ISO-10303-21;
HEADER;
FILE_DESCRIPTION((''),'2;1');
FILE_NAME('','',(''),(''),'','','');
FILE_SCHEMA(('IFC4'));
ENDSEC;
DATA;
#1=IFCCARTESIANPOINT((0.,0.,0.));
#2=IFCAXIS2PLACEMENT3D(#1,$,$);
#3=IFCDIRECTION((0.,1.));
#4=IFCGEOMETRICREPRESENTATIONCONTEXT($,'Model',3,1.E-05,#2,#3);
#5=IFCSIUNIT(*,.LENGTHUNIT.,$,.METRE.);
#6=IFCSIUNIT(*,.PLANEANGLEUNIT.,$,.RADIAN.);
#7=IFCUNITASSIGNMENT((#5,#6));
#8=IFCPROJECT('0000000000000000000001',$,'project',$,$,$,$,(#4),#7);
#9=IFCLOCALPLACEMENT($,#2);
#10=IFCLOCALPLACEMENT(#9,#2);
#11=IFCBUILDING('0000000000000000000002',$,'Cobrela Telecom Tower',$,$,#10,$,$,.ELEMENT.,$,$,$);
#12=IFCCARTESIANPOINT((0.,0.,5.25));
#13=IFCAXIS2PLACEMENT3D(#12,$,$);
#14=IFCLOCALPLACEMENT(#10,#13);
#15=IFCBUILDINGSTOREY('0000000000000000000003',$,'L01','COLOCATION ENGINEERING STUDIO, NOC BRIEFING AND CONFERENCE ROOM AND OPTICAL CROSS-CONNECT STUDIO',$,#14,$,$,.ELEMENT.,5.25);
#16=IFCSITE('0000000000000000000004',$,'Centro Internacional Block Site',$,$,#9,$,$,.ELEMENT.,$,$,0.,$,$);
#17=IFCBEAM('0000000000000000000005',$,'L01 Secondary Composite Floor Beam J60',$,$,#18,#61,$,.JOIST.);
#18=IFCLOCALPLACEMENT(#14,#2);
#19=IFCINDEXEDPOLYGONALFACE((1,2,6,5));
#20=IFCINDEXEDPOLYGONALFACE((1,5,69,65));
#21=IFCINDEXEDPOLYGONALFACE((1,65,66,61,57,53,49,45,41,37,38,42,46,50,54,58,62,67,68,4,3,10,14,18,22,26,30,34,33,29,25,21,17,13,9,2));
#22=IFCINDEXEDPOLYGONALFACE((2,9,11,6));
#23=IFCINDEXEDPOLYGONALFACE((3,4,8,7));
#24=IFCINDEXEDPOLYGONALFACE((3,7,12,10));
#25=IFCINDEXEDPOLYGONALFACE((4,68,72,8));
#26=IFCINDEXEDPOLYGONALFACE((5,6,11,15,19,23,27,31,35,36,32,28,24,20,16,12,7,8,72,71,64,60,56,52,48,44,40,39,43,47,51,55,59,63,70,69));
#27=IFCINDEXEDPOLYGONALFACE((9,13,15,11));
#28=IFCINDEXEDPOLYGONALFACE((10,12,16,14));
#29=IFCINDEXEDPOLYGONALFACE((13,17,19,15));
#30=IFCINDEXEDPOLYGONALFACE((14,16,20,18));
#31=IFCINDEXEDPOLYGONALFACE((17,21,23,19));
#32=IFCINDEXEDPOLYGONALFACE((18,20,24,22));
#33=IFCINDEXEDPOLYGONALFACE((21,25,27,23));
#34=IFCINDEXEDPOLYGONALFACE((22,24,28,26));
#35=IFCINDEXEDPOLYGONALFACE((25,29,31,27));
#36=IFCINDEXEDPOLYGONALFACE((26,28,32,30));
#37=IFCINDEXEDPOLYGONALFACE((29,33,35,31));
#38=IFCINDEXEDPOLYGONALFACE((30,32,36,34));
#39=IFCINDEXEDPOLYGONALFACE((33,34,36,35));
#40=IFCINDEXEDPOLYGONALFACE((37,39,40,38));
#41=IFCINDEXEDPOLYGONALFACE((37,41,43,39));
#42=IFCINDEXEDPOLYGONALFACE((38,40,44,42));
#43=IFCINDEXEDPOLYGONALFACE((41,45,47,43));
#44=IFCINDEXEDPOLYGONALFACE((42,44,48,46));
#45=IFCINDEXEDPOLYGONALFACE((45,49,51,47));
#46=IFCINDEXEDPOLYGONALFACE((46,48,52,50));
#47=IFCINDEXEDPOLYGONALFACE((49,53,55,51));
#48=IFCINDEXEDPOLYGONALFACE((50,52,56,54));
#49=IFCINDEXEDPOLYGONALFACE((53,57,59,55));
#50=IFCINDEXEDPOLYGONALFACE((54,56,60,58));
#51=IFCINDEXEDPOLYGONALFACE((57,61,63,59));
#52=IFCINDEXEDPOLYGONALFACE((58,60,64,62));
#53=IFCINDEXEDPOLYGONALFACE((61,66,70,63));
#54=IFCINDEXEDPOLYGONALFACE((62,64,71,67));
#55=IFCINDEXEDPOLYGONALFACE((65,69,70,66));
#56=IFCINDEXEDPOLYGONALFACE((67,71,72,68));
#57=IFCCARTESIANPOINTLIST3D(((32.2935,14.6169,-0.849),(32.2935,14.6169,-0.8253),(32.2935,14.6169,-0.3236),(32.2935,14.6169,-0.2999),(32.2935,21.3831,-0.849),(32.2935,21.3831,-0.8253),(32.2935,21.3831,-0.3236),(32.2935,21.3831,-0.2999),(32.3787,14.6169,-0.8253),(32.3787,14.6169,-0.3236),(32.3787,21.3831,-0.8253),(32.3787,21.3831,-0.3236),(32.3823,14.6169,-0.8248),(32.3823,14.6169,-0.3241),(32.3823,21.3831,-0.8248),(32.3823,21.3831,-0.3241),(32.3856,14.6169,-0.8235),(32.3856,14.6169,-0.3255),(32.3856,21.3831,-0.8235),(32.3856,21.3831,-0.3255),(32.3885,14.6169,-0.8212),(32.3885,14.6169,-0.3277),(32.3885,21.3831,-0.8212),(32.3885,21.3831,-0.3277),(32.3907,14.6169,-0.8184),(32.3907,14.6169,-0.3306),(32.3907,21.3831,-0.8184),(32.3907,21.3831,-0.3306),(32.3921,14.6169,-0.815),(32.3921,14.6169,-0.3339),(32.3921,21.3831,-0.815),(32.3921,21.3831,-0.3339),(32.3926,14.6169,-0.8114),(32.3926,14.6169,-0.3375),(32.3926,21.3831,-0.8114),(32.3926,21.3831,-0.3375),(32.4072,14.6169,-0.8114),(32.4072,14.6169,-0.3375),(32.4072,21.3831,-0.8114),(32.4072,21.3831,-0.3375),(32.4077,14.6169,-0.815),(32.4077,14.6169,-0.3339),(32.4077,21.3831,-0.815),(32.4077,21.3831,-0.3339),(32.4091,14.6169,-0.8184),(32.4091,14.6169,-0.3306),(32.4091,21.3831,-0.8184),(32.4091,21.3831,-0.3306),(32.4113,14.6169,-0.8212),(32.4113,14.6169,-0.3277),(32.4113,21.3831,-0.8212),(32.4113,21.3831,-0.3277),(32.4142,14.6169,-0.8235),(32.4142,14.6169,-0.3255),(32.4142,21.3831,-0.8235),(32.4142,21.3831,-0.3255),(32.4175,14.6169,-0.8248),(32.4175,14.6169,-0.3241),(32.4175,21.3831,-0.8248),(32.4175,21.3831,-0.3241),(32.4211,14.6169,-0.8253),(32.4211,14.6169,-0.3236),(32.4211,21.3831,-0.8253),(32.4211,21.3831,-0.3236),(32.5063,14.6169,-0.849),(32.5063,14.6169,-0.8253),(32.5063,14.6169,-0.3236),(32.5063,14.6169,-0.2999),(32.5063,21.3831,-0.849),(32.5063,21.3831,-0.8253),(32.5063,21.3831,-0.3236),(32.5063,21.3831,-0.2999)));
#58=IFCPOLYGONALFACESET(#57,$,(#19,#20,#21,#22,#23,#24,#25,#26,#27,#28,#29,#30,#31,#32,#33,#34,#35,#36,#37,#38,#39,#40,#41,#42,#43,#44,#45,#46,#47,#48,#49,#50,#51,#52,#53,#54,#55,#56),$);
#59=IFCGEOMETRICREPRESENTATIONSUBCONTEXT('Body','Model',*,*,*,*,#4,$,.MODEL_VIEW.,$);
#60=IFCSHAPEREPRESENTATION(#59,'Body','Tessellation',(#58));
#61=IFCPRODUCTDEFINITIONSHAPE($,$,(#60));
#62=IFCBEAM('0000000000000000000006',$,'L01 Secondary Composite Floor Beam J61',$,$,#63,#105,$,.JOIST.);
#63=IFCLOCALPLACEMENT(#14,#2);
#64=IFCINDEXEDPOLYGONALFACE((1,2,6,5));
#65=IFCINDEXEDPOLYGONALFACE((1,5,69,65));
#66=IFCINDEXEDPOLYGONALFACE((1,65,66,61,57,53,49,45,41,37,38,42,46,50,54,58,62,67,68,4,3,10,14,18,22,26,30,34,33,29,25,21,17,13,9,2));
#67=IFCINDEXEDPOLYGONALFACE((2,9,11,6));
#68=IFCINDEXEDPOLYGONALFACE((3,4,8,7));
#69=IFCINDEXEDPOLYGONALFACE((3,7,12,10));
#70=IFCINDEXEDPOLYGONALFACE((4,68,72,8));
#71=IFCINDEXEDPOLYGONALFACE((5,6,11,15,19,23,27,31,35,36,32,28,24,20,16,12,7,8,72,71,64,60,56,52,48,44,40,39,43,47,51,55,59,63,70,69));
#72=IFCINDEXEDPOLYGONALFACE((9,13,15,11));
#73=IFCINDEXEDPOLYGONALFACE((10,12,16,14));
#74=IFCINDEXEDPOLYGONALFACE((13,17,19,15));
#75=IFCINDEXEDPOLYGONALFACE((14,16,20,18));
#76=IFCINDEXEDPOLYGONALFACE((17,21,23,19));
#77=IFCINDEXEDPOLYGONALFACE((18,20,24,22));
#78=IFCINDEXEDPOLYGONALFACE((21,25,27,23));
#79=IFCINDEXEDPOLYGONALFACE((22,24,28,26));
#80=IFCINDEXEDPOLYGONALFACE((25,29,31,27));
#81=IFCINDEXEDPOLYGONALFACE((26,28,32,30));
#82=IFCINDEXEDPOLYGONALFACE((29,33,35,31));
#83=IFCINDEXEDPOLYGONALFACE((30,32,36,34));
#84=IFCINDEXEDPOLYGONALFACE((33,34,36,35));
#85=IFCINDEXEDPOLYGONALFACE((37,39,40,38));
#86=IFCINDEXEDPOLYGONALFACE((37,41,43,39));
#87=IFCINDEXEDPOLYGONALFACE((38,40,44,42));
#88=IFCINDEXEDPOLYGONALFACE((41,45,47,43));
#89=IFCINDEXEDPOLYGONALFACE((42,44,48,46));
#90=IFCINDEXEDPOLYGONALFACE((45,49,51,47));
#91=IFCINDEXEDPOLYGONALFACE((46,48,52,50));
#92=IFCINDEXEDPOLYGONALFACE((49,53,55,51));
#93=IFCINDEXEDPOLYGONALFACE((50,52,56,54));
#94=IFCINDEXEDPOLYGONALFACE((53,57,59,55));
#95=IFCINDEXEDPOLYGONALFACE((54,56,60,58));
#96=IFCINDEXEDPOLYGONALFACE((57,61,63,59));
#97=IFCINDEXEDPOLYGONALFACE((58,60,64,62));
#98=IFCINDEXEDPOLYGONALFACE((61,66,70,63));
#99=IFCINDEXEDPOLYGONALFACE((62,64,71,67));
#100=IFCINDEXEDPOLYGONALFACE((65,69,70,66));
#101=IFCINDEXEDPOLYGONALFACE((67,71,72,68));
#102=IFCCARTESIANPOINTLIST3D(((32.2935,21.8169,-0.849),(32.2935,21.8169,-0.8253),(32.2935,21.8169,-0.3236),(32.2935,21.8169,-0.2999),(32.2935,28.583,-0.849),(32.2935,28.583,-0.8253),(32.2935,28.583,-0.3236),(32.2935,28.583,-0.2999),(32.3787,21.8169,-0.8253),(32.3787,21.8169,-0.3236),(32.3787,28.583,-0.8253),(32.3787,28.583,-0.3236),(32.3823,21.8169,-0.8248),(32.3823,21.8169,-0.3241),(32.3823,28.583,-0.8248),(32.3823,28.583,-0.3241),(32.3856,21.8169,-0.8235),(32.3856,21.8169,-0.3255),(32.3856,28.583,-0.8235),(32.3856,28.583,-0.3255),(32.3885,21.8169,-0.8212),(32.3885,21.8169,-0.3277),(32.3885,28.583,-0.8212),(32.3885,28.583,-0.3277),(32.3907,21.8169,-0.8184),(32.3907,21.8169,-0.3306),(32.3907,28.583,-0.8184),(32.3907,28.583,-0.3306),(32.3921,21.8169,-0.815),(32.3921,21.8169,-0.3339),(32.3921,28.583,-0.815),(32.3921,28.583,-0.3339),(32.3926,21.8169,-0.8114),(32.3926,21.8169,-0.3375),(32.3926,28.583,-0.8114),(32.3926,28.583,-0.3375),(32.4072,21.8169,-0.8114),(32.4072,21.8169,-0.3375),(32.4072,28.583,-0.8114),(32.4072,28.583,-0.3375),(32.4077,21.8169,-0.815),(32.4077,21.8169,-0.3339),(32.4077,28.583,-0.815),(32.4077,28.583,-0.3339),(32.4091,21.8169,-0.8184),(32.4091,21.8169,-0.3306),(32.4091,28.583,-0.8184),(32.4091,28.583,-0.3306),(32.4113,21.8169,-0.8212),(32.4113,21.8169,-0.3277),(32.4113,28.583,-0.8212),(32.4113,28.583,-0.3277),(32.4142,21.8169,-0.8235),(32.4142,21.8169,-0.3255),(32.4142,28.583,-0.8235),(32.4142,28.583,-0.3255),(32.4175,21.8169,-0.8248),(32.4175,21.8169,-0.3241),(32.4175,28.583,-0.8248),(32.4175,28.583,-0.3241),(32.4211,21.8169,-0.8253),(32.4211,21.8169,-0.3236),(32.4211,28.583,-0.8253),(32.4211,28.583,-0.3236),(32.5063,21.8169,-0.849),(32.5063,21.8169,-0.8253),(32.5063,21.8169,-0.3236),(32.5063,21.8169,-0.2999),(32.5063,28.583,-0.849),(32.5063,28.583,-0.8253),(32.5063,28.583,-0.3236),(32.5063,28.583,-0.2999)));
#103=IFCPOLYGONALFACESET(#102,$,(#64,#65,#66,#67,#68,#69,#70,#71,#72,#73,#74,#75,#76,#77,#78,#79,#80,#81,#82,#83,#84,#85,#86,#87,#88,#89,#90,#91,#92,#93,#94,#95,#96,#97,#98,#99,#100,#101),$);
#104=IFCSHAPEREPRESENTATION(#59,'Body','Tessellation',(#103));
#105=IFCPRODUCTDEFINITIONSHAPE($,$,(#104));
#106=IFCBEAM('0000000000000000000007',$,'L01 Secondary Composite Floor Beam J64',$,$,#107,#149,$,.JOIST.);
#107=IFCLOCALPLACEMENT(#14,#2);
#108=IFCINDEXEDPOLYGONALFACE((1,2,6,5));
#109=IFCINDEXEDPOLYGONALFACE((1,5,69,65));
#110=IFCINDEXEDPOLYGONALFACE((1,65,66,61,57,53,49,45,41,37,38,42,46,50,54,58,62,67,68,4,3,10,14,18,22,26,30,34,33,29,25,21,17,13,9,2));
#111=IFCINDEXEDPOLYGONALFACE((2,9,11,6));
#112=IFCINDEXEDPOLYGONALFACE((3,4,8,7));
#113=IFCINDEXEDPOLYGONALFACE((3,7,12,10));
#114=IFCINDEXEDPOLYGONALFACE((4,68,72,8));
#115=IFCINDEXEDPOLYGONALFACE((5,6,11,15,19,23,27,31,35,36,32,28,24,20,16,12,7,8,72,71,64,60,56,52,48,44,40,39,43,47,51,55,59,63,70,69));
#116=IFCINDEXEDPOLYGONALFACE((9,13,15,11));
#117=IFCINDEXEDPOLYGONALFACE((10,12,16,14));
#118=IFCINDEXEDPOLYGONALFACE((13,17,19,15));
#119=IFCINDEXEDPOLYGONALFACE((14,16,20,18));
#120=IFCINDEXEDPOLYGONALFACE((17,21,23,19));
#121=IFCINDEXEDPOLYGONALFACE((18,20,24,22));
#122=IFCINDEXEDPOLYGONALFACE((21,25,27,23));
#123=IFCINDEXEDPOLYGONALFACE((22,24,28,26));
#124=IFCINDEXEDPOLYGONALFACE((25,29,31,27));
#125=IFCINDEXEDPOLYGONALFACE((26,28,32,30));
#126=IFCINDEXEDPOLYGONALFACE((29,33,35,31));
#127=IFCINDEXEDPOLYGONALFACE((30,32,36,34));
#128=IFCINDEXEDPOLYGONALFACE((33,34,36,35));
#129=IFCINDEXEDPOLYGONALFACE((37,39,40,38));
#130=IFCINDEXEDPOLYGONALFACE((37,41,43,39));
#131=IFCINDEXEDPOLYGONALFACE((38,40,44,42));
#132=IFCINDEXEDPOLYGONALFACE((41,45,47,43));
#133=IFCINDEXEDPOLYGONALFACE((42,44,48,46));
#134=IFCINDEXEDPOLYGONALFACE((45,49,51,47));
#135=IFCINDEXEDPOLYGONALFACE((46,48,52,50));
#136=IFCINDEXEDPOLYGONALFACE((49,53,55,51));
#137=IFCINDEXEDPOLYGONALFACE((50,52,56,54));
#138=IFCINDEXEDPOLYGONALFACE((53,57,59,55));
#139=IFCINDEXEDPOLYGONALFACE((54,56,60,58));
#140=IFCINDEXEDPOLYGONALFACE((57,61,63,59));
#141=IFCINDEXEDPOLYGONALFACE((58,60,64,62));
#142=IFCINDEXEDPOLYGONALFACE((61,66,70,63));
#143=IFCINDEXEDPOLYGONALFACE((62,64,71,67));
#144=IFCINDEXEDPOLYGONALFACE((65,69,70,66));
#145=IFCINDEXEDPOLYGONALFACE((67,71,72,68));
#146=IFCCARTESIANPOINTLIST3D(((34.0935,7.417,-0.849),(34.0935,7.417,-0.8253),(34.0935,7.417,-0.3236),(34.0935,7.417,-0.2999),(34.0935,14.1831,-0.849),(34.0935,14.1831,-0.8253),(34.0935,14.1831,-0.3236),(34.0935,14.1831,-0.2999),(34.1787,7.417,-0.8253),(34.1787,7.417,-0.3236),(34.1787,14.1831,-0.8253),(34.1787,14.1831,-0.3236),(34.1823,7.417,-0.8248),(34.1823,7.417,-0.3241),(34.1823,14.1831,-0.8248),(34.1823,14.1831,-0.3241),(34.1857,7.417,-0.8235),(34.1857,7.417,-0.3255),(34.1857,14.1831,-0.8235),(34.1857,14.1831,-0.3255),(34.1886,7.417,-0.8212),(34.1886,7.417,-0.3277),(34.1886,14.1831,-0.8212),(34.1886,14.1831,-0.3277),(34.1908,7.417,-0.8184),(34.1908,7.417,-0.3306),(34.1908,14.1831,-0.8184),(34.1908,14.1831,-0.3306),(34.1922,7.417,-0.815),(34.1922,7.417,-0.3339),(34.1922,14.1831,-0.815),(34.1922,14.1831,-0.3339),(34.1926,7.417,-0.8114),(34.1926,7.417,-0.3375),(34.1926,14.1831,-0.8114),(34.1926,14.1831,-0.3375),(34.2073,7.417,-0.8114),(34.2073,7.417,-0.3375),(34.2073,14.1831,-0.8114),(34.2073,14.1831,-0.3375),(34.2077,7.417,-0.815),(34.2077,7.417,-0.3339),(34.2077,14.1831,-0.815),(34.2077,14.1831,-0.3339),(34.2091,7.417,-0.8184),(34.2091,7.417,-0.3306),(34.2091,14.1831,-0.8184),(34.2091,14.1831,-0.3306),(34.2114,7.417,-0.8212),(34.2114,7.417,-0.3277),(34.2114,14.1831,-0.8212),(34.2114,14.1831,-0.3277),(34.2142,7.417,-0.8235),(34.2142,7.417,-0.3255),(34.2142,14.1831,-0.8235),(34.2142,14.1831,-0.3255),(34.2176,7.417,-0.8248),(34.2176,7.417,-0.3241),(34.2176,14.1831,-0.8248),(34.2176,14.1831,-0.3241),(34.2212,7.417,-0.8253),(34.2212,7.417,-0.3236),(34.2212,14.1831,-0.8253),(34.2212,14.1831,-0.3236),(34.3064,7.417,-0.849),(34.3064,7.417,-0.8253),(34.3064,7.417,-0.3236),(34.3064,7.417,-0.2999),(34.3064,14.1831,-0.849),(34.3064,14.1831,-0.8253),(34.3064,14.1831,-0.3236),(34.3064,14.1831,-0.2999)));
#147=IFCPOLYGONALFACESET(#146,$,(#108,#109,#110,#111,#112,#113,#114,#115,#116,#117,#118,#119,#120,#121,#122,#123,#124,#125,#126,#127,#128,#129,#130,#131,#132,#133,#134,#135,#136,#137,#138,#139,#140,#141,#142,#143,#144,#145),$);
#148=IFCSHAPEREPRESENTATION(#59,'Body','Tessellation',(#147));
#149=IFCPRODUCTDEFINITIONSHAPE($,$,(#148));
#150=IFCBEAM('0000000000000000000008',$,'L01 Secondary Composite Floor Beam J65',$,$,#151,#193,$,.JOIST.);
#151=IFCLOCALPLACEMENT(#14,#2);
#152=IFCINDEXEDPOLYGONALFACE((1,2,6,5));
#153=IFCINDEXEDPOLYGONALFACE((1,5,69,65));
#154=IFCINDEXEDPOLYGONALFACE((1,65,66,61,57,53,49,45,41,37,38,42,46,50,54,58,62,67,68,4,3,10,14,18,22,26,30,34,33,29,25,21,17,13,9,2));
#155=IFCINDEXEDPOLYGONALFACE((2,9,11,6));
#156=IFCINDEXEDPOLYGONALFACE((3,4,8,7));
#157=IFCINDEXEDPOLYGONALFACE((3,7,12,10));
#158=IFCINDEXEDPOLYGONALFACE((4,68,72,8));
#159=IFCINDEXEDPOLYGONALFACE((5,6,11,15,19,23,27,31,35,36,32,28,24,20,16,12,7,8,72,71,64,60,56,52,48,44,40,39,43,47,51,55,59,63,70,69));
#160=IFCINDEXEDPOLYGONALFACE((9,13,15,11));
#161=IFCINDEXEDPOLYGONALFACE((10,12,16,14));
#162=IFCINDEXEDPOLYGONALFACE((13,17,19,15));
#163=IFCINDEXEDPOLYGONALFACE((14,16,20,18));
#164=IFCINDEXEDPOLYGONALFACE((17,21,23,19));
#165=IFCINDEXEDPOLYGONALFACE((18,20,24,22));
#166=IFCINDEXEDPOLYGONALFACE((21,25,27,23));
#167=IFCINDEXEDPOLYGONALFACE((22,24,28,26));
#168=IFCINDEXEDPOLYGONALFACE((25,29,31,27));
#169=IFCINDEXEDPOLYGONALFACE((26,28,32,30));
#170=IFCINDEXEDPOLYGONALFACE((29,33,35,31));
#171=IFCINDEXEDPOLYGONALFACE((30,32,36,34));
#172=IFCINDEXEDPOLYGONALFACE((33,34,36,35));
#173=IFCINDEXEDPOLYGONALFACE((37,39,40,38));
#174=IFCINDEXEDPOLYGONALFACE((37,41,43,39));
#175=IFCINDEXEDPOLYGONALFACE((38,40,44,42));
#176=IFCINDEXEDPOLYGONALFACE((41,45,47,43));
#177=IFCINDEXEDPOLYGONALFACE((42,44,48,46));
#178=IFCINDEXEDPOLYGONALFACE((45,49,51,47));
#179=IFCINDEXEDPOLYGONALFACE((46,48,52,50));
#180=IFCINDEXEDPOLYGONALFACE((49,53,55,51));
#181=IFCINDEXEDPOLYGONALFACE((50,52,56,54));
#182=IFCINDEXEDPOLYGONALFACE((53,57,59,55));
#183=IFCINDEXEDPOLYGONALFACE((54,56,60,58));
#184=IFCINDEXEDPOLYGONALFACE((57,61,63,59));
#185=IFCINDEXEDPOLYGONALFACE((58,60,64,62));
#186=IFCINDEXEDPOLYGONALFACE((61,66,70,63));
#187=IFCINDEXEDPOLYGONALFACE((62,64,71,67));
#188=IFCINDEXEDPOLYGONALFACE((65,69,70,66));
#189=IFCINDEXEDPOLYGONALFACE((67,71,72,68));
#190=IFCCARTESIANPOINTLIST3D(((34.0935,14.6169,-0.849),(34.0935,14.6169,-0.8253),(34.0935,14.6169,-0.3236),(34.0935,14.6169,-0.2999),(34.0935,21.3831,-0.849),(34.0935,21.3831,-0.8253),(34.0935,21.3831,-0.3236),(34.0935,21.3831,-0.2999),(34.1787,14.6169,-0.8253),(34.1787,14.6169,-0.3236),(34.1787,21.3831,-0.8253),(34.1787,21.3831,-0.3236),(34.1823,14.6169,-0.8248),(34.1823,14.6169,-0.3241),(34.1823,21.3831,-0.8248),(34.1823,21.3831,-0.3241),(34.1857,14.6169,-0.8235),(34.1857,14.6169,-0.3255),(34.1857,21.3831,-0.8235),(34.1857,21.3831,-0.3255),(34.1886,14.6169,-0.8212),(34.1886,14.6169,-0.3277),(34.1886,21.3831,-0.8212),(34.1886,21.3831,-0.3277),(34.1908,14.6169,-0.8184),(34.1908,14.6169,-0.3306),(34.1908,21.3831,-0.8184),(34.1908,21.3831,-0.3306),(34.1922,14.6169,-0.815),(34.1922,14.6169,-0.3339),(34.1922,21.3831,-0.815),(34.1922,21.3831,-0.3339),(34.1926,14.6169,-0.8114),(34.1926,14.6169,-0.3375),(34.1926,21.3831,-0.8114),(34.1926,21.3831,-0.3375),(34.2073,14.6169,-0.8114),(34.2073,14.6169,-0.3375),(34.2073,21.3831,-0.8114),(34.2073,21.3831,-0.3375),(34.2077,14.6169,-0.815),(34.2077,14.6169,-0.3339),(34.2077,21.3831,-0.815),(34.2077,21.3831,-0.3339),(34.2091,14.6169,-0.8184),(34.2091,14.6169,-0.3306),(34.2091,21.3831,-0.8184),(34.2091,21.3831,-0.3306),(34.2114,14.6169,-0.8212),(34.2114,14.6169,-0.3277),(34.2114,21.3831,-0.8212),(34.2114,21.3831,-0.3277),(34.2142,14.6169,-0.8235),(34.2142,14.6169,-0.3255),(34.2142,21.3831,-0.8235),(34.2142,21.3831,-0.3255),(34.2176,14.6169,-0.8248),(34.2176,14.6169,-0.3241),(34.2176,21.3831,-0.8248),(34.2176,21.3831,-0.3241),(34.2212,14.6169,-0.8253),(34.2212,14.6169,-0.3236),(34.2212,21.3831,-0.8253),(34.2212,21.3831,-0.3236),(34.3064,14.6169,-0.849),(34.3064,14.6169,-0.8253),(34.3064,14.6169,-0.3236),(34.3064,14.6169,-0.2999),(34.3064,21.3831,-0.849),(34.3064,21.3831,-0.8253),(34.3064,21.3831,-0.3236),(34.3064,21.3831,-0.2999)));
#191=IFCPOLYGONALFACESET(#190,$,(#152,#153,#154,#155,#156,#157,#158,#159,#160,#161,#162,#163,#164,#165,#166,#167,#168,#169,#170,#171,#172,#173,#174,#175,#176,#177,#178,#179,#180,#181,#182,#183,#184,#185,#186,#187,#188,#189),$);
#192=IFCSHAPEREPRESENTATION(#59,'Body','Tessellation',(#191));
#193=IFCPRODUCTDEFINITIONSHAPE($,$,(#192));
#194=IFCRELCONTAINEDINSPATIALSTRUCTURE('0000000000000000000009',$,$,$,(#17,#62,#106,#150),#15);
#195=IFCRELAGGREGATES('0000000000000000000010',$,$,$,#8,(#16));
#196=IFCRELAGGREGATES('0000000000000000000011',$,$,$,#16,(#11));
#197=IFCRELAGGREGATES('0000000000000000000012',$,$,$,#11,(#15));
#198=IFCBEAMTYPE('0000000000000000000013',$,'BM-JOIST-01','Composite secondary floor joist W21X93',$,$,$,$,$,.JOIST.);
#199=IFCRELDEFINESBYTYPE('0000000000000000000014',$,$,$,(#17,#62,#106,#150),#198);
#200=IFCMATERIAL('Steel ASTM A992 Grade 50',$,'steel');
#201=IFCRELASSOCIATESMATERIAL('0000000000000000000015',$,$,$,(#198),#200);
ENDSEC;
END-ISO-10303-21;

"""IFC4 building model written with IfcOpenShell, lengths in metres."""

from ifc_helpers import new_model, si_unit, direction, frame, origin, origin_2d, place, context, subcontext, project, spatial, i_section, extrude, material, material_profile, profile_set, type_object, element, save


model = new_model("IFC4")

# Units and contexts
model_context = context("Model", 3, precision=1e-05, world=origin(), true_north=direction((0.0, 1.0)))
body_context = subcontext(model_context, "Body", "Model", "MODEL_VIEW")
ifc_project = project(units=[si_unit("LENGTHUNIT", "METRE"), si_unit("PLANEANGLEUNIT", "RADIAN")], contexts=[model_context])

# Site, building, storey
site_placement = place(None, origin())
site = spatial("IfcSite", under=ifc_project, at=site_placement, Name="Centro Internacional Block Site", CompositionType="ELEMENT", RefElevation=0.0)
building_placement = place(site_placement, origin())
building = spatial("IfcBuilding", under=site, at=building_placement, Name="Cobrela Telecom Tower", CompositionType="ELEMENT")
storey_placement = place(building_placement, frame((0.0, 0.0, 5.25)))
storey = spatial("IfcBuildingStorey", under=building, at=storey_placement, Name="L01", Description="COLOCATION ENGINEERING STUDIO, NOC BRIEFING AND CONFERENCE ROOM AND OPTICAL CROSS-CONNECT STUDIO", CompositionType="ELEMENT", Elevation=5.25)

# Beams
ifc_material_1 = material(Name="Steel ASTM A992 Grade 50", Category="steel")
ifc_material_profile_1 = material_profile(ifc_material_1, i_section(OverallWidth=0.2129, OverallDepth=0.5491, WebThickness=0.0146, FlangeThickness=0.0237, FilletRadius=0.0139, at=origin_2d()), Name="W21X93")
ifc_profile_set_1 = profile_set([ifc_material_profile_1], Name="Steel ASTM A992 Grade 50")
beam_type_1 = type_object("IfcBeamType", Name="BM-JOIST-01", Description="Composite secondary floor joist W21X93", PredefinedType="JOIST", material=ifc_profile_set_1)
for number, where, z_axis, x_axis, name in (
    (1, (32.3999, 14.6169, -0.5745), (0.0, 1.0, 0.0), (-1.0, 0.0, 0.0), "L01 Secondary Composite Floor Beam J60"),
    (2, (32.3999, 21.8169, -0.5745), (0.0, 1.0, 0.0), (-1.0, 0.0, 0.0), "L01 Secondary Composite Floor Beam J61"),
    (3, (34.2, 7.417, -0.5745), (0.0, 1.0, 0.0), (-1.0, 0.0, 0.0), "L01 Secondary Composite Floor Beam J64"),
    (4, (34.2, 14.6169, -0.5745), (0.0, 1.0, 0.0), (-1.0, 0.0, 0.0), "L01 Secondary Composite Floor Beam J65"),
):
    element("IfcBeam", number, at=place(storey_placement, frame(where, z_axis=z_axis, x_axis=x_axis)), inside=storey, type_object=beam_type_1, Name=name, PredefinedType="JOIST", context=body_context, shape_type="SweptSolid", body=[
        extrude(i_section(OverallWidth=0.2129, OverallDepth=0.5491, WebThickness=0.0146, FlangeThickness=0.0237, FilletRadius=0.0139, at=origin_2d()), origin(), (0.0, 0.0, 1.0), 6.7661),
    ])

save(model, "model.ifc")
